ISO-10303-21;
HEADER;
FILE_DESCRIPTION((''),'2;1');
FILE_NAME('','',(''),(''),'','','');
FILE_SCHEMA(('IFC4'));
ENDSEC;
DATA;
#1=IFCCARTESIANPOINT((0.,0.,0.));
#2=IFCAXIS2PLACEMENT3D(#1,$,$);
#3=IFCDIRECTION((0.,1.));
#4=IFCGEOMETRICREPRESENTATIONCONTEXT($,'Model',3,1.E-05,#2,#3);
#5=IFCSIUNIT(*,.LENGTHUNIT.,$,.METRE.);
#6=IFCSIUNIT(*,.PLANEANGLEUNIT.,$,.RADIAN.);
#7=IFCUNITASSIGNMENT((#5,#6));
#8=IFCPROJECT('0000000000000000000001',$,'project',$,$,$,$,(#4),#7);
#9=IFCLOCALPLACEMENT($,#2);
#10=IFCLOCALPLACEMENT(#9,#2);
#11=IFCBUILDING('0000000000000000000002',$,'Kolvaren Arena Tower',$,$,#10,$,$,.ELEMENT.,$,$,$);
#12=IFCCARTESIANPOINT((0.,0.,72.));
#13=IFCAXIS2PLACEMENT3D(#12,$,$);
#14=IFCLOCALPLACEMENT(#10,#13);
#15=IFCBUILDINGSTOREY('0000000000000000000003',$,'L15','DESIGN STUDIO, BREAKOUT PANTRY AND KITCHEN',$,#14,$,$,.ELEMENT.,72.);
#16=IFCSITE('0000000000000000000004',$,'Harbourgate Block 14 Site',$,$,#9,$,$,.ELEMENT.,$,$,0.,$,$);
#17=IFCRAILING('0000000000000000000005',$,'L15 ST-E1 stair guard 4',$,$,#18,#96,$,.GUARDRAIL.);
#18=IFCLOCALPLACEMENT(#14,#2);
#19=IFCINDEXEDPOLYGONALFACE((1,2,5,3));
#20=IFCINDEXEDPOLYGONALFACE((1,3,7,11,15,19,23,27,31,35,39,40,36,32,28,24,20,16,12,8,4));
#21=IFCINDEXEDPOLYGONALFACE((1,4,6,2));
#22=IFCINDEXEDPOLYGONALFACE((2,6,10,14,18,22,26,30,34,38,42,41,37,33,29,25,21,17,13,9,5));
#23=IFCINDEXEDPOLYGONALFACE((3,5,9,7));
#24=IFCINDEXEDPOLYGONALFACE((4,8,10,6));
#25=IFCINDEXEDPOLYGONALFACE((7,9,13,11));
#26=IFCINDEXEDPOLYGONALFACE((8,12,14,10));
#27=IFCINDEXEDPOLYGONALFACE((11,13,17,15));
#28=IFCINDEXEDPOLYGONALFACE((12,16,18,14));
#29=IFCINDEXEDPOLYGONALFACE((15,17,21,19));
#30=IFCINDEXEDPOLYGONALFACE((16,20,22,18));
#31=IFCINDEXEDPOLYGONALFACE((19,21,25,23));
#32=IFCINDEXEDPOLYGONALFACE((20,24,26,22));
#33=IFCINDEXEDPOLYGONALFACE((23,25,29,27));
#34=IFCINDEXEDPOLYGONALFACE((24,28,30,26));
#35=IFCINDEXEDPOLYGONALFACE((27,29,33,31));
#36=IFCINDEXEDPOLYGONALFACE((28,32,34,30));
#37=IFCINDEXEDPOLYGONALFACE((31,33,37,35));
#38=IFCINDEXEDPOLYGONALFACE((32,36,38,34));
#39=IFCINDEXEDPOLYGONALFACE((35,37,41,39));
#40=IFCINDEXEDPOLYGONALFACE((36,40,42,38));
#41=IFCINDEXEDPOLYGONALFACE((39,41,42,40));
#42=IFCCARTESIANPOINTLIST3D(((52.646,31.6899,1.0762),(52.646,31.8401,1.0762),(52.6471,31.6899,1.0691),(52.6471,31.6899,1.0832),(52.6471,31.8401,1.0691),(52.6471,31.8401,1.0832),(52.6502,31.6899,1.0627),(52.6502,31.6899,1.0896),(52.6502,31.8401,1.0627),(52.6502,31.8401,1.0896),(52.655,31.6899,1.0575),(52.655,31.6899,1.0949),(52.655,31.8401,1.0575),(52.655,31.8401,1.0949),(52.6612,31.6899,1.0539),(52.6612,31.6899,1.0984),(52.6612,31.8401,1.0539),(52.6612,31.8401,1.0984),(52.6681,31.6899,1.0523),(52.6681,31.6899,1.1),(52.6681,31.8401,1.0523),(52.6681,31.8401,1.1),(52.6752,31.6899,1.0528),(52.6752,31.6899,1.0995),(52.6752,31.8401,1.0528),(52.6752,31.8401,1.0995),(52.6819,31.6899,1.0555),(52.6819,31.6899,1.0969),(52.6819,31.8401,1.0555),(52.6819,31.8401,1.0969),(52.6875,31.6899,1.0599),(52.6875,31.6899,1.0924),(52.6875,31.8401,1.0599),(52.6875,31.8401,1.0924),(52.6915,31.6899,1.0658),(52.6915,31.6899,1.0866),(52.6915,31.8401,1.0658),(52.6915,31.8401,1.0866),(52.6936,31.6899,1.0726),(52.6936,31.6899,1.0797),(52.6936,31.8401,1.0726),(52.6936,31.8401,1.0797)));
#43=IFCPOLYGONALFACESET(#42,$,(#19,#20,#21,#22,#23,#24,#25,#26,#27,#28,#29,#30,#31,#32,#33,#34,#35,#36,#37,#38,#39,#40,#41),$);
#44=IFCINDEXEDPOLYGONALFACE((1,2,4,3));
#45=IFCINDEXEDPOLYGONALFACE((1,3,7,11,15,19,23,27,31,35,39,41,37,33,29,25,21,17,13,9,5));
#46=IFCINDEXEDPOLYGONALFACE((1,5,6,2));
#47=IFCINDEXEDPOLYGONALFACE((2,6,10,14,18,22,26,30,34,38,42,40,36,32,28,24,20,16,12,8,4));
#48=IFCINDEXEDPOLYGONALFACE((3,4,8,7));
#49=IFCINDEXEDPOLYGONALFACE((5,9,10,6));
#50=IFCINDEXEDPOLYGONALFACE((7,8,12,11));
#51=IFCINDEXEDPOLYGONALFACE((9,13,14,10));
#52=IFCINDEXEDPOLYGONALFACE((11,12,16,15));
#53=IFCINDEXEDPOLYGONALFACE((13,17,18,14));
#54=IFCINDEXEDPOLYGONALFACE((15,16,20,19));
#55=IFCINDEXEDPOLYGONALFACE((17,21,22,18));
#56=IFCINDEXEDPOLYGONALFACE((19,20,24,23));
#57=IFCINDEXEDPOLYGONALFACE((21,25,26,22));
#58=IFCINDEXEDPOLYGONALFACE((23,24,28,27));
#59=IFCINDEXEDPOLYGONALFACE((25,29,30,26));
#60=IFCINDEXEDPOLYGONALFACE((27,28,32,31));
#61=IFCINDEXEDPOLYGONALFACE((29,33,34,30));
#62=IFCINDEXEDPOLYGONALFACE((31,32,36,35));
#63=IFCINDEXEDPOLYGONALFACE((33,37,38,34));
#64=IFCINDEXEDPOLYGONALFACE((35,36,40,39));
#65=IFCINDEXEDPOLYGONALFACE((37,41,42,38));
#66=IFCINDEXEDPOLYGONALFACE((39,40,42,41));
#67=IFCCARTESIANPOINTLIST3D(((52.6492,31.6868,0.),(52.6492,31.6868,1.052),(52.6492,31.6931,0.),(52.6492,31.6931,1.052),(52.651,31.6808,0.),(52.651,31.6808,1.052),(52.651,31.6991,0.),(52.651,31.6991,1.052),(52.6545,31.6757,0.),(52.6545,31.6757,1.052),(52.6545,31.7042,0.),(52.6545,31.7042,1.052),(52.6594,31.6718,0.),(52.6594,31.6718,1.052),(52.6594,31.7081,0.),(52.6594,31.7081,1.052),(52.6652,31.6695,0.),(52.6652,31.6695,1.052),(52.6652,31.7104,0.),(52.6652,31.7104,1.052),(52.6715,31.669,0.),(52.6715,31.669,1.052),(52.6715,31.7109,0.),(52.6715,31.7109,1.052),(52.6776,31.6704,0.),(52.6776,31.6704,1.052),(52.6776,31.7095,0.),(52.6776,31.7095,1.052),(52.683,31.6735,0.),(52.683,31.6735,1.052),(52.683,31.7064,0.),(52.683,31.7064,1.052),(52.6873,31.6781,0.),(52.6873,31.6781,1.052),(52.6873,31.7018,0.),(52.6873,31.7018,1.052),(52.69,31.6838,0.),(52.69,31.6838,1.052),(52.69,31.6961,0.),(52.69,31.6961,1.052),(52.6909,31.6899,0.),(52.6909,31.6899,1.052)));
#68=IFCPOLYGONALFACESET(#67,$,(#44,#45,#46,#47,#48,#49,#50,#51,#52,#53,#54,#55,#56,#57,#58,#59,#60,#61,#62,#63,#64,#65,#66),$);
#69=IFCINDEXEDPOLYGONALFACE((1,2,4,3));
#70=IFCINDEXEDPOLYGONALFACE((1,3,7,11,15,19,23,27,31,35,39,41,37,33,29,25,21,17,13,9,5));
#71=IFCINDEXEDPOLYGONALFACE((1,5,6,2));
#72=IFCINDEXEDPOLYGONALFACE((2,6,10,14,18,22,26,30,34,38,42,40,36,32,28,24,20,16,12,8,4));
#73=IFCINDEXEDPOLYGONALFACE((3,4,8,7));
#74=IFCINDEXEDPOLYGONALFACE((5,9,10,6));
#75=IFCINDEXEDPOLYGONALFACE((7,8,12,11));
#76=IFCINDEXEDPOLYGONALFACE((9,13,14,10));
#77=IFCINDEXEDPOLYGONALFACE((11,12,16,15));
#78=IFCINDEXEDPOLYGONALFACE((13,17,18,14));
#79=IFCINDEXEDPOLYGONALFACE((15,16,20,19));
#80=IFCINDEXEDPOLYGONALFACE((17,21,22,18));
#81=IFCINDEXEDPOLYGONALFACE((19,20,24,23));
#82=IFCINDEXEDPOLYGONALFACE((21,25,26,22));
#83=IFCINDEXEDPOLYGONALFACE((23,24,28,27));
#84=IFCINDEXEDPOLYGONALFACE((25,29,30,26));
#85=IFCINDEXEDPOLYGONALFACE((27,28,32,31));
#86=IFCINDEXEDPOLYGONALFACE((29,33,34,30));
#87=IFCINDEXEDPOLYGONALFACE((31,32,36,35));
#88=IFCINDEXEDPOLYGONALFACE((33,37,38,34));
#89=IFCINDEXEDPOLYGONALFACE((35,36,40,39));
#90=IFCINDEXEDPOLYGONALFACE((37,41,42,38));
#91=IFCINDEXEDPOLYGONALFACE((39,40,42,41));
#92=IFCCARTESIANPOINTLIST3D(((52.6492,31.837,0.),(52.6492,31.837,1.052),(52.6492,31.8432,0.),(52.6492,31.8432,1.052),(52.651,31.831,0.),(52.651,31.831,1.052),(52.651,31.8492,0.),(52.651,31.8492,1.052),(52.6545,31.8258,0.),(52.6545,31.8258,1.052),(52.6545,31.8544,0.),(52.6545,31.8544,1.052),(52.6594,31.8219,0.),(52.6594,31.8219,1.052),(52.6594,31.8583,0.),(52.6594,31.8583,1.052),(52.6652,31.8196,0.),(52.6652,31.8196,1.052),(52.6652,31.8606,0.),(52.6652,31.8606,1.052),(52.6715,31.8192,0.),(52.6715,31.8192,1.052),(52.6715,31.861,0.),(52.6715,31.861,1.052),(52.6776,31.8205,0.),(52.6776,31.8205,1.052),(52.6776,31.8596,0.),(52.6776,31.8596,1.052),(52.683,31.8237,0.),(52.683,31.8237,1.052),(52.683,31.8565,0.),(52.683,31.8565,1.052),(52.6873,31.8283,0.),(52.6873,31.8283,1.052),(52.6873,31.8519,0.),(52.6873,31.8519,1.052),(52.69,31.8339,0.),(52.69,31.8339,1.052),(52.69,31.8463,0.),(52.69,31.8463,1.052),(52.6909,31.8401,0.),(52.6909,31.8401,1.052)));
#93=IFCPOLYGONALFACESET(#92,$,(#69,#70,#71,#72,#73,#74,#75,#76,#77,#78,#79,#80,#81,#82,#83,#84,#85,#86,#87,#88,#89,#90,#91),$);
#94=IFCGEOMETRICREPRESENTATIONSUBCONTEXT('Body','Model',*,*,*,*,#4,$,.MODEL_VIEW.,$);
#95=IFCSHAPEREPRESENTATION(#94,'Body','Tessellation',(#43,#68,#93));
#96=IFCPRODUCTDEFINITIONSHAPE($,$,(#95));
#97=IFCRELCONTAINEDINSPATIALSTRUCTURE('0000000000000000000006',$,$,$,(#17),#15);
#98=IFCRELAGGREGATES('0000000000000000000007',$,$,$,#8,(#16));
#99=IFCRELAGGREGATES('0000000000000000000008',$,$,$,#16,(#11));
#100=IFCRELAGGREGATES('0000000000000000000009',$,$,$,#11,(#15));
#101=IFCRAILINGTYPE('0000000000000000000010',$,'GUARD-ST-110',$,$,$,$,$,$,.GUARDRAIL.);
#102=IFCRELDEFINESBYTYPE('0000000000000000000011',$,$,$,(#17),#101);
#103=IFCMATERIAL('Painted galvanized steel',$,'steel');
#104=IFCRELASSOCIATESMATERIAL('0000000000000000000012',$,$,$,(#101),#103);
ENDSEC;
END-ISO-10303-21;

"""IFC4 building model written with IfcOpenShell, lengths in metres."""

from ifc_helpers import new_model, si_unit, direction, frame, origin, origin_2d, place, context, subcontext, project, spatial, circle, extrude, material, type_object, element, save


model = new_model("IFC4")

# Units and contexts
model_context = context("Model", 3, precision=1e-05, world=origin(), true_north=direction((0.0, 1.0)))
body_context = subcontext(model_context, "Body", "Model", "MODEL_VIEW")
ifc_project = project(units=[si_unit("LENGTHUNIT", "METRE"), si_unit("PLANEANGLEUNIT", "RADIAN")], contexts=[model_context])

# Site, building, storey
site_placement = place(None, origin())
site = spatial("IfcSite", under=ifc_project, at=site_placement, Name="Harbourgate Block 14 Site", CompositionType="ELEMENT", RefElevation=0.0)
building_placement = place(site_placement, origin())
building = spatial("IfcBuilding", under=site, at=building_placement, Name="Kolvaren Arena Tower", CompositionType="ELEMENT")
storey_placement = place(building_placement, frame((0.0, 0.0, 72.0)))
storey = spatial("IfcBuildingStorey", under=building, at=storey_placement, Name="L15", Description="DESIGN STUDIO, BREAKOUT PANTRY AND KITCHEN", CompositionType="ELEMENT", Elevation=72.0)

# Railing
ifc_material_1 = material(Name="Painted galvanized steel", Category="steel")
railing_type_1 = type_object("IfcRailingType", Name="GUARD-ST-110", PredefinedType="GUARDRAIL", material=ifc_material_1)
railing_1_placement = place(storey_placement, frame((52.6699, 31.6899, 0.0)))
element("IfcRailing", 1, at=railing_1_placement, inside=storey, type_object=railing_type_1, Name="L15 ST-E1 stair guard 4", PredefinedType="GUARDRAIL", context=body_context, shape_type="SweptSolid", body=[
    extrude(circle(Radius=0.0239, at=origin_2d()), frame((0.0, 0.0, 1.0762), z_axis=(0.0, 1.0, 0.0), x_axis=(-1.0, 0.0, 0.0)), (0.0, 0.0, 1.0), 0.1501),
    extrude(circle(Radius=0.021, at=origin_2d()), origin(), (0.0, 0.0, 1.0), 1.052),
    extrude(circle(Radius=0.021, at=origin_2d()), frame((0.0, 0.1501, 0.0)), (0.0, 0.0, 1.0), 1.052),
])

save(model, "model.ifc")
